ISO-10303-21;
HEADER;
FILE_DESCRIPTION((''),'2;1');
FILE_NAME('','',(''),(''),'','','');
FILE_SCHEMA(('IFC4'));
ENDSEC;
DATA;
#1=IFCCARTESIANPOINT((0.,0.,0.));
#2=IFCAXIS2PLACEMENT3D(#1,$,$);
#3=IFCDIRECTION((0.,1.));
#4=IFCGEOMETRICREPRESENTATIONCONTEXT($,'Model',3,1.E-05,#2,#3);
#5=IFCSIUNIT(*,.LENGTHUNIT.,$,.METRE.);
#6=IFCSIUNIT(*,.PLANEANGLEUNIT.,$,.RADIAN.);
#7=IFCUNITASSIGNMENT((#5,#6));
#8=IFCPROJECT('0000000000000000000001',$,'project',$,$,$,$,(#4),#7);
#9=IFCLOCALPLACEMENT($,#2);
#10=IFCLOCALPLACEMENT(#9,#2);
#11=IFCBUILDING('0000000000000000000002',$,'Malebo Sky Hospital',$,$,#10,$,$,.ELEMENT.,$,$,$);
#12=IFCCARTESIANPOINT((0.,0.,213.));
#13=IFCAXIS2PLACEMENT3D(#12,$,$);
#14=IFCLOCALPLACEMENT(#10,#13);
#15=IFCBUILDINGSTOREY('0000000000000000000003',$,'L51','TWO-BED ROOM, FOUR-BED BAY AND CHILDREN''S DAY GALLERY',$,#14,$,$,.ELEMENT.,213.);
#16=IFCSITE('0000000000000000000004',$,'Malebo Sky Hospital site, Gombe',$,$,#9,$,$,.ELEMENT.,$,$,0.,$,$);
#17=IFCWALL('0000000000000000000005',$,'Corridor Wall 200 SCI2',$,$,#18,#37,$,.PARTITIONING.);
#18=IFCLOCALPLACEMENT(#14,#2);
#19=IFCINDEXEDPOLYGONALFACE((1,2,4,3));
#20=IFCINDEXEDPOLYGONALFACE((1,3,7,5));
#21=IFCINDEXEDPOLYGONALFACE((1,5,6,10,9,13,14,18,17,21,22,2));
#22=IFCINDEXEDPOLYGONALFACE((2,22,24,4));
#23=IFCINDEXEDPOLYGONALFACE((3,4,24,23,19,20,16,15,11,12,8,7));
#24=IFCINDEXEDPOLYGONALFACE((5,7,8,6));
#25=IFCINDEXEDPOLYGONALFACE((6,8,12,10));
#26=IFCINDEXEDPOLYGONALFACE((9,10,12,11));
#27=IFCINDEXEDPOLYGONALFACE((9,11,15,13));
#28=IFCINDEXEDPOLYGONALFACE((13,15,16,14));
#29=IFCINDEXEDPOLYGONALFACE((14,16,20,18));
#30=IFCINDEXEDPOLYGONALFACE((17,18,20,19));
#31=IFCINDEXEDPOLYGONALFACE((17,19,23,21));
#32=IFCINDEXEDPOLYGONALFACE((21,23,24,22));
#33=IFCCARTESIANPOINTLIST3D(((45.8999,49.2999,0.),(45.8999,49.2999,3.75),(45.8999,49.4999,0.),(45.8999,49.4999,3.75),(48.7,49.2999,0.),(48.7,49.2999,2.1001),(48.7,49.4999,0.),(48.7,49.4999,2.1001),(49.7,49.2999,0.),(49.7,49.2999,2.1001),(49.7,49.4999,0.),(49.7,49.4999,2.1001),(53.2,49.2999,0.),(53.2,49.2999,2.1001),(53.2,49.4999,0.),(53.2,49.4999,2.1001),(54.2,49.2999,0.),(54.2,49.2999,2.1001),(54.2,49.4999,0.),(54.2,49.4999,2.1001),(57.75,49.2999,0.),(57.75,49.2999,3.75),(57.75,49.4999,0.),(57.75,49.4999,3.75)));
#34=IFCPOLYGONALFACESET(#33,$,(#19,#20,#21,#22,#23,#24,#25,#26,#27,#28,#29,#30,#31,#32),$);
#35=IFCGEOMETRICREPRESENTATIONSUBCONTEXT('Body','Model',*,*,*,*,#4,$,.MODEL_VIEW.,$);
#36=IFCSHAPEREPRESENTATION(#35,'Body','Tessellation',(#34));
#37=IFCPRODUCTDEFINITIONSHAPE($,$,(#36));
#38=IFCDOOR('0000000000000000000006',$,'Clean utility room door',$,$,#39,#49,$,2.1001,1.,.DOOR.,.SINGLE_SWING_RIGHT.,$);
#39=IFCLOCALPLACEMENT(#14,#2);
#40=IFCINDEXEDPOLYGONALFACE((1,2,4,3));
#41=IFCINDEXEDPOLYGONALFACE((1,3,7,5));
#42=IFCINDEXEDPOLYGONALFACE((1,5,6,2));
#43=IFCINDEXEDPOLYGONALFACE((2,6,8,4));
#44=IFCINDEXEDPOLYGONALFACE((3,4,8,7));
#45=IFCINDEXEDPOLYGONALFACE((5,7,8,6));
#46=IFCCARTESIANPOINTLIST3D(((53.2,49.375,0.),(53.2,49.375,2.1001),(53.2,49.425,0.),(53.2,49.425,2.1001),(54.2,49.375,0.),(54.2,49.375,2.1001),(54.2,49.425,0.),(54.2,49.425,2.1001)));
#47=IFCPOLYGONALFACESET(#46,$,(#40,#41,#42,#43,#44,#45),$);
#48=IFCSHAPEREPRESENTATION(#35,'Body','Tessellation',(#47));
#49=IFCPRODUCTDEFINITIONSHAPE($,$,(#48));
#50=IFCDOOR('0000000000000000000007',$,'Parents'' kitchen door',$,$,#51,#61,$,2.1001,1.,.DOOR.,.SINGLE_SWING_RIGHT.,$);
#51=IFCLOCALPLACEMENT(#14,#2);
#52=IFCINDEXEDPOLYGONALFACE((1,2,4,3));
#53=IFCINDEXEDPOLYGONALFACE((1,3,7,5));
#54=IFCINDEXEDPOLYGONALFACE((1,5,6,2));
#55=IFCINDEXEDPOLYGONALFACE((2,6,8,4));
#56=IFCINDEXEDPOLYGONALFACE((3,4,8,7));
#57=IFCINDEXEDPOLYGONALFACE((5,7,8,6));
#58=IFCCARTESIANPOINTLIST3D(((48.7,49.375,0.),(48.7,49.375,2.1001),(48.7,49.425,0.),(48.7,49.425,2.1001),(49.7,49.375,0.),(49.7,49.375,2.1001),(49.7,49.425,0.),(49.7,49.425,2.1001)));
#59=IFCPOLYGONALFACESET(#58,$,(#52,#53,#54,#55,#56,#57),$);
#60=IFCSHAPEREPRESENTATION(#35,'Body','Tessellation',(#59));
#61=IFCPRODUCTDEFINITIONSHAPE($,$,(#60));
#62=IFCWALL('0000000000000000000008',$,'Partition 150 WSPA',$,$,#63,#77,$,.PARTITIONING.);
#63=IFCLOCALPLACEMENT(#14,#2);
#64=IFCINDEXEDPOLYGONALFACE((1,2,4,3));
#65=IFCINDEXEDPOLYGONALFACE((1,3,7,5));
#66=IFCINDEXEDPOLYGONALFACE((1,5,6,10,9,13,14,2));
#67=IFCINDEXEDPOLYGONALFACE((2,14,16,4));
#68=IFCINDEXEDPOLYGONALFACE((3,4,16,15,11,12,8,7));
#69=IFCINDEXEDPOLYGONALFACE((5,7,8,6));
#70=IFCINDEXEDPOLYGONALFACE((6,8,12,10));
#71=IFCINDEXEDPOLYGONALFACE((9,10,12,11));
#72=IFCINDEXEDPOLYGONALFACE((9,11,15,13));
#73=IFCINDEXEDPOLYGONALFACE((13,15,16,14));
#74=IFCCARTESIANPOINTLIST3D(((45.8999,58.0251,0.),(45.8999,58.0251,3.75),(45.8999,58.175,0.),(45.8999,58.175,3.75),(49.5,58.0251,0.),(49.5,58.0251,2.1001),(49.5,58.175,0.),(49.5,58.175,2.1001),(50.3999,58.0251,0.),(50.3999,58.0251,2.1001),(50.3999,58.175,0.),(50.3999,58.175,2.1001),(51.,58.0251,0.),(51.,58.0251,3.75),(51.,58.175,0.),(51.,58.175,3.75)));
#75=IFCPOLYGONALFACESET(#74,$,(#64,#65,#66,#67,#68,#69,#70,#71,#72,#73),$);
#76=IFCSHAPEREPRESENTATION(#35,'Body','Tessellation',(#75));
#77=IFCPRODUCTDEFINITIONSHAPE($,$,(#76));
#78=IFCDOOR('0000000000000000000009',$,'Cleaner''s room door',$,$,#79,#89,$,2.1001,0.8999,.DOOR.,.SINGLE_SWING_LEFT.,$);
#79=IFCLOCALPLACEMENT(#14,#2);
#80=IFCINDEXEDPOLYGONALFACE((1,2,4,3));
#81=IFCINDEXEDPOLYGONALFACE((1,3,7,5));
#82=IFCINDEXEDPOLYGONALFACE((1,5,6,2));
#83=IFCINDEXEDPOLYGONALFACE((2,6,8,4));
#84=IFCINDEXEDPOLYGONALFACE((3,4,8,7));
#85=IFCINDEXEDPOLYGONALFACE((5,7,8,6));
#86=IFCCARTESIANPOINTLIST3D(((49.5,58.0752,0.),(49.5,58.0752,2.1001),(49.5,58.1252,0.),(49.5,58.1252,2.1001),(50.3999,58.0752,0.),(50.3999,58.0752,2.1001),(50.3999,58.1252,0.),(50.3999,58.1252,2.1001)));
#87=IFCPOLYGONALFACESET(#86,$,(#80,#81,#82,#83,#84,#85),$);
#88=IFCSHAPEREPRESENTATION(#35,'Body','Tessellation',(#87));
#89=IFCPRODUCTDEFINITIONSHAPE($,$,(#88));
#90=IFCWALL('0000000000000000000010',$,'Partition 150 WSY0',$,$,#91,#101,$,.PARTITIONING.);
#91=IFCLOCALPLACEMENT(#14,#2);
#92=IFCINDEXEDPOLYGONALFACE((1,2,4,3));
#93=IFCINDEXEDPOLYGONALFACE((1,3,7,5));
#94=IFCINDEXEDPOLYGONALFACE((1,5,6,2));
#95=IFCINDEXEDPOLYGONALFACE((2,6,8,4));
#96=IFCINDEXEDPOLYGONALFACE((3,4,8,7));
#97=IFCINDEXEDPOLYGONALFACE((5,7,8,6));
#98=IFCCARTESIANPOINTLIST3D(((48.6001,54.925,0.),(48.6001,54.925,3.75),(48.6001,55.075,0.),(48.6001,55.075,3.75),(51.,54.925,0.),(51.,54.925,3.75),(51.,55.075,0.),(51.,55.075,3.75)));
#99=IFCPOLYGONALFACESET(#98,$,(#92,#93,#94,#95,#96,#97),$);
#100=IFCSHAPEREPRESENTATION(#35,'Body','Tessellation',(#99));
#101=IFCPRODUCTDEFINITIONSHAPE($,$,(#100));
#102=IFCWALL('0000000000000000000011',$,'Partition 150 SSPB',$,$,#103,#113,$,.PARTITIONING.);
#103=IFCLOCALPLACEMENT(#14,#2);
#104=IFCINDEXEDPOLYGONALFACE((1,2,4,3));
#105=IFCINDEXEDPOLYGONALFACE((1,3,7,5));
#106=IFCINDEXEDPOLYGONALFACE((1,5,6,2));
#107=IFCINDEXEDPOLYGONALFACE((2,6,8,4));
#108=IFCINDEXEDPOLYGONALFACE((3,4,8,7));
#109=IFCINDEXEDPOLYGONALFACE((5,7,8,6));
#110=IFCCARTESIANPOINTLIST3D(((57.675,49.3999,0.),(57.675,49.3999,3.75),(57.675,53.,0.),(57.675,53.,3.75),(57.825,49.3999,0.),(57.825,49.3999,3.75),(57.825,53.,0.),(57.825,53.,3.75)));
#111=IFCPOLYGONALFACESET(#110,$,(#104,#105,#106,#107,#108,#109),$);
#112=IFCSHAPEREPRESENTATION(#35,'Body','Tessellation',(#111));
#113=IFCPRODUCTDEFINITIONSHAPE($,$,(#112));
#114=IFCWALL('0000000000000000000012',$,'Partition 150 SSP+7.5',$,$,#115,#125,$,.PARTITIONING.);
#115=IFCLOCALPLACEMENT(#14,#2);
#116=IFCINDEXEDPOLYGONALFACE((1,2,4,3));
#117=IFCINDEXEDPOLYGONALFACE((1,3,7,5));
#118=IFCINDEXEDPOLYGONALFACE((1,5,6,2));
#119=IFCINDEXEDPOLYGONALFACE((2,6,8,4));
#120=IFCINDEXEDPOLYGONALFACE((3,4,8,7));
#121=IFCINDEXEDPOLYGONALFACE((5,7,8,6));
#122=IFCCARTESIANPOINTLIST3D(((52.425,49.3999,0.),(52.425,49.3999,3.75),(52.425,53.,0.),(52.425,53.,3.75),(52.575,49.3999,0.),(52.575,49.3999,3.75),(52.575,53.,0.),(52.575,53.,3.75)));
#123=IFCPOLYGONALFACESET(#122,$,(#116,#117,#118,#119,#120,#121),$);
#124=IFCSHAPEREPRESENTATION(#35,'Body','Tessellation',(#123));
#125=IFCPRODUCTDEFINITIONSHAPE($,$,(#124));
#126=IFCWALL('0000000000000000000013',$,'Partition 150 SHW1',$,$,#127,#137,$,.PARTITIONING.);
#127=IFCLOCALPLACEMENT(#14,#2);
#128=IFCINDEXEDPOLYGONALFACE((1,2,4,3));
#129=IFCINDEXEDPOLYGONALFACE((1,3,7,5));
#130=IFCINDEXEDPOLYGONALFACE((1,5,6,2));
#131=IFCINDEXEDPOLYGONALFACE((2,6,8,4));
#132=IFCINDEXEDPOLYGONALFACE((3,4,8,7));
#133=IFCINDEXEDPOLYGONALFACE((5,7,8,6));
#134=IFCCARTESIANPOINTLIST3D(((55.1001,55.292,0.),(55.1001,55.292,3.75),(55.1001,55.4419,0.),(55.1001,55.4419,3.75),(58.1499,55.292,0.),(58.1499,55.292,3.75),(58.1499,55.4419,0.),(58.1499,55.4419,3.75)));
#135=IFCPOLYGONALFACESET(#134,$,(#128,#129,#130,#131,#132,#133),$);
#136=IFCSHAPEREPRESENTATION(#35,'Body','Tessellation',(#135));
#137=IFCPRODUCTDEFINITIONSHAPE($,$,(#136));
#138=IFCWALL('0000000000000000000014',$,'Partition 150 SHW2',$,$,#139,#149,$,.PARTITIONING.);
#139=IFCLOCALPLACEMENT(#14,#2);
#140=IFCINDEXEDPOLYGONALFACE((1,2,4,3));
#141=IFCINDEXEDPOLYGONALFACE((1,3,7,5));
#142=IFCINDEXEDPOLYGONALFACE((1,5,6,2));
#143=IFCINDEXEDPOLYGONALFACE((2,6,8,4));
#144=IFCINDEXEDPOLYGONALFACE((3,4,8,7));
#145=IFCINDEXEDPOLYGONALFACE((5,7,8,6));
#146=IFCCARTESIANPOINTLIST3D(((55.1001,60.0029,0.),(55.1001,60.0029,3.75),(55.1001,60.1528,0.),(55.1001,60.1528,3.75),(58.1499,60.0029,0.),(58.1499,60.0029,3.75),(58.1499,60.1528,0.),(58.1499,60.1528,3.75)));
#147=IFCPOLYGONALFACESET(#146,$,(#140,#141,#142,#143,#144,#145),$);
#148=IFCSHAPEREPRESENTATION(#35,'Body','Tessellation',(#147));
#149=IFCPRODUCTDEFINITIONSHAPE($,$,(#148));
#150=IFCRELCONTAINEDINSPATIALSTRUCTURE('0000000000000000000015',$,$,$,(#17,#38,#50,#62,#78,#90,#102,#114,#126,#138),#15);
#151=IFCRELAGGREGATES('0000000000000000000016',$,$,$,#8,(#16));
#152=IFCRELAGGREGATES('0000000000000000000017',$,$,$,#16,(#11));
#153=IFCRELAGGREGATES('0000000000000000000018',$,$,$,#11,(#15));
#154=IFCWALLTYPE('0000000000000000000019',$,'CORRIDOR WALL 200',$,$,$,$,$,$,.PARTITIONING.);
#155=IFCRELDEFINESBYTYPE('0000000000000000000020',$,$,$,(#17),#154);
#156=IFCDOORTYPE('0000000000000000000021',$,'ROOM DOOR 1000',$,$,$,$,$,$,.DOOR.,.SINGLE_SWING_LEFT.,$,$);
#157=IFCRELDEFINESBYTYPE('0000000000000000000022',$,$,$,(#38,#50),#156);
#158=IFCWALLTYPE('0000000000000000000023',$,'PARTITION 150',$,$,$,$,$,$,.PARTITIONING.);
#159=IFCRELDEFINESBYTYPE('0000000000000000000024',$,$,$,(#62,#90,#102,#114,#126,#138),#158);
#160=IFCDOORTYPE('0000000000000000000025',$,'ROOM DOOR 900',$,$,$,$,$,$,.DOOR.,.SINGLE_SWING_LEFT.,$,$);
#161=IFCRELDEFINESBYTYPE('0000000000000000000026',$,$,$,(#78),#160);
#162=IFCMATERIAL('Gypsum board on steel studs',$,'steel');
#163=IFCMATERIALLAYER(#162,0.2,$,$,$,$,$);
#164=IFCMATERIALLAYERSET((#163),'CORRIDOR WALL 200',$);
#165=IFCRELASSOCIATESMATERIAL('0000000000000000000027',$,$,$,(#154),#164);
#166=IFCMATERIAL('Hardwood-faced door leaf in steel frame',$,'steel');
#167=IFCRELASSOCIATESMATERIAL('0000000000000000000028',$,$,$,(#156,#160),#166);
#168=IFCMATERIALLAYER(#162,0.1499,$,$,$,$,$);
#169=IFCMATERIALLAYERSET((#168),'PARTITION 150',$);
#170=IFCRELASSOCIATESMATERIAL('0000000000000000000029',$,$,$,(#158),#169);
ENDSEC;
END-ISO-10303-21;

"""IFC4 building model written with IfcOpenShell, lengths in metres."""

from ifc_helpers import new_model, si_unit, direction, frame, frame_2d, origin, place, context, subcontext, project, spatial, rectangle, extrude, material, layer, layer_set, type_object, element, fill, save


model = new_model("IFC4")

# Units and contexts
model_context = context("Model", 3, precision=1e-05, world=origin(), true_north=direction((0.0, 1.0)))
body_context = subcontext(model_context, "Body", "Model", "MODEL_VIEW")
ifc_project = project(units=[si_unit("LENGTHUNIT", "METRE"), si_unit("PLANEANGLEUNIT", "RADIAN")], contexts=[model_context])

# Site, building, storey
site_placement = place(None, origin())
site = spatial("IfcSite", under=ifc_project, at=site_placement, Name="Malebo Sky Hospital site, Gombe", CompositionType="ELEMENT", RefElevation=0.0)
building_placement = place(site_placement, origin())
building = spatial("IfcBuilding", under=site, at=building_placement, Name="Malebo Sky Hospital", CompositionType="ELEMENT")
storey_placement = place(building_placement, frame((0.0, 0.0, 213.0)))
storey = spatial("IfcBuildingStorey", under=building, at=storey_placement, Name="L51", Description="TWO-BED ROOM, FOUR-BED BAY AND CHILDREN'S DAY GALLERY", CompositionType="ELEMENT", Elevation=213.0)

# Shared definitions
ifc_material_1 = material(Name="Hardwood-faced door leaf in steel frame", Category="steel")

# Wall, openings, doors
ifc_material_2 = material(Name="Gypsum board on steel studs", Category="steel")
ifc_layer_1 = layer(ifc_material_2, 0.2)
ifc_layer_set_1 = layer_set([ifc_layer_1], Name="CORRIDOR WALL 200")
wall_type_1 = type_object("IfcWallType", Name="CORRIDOR WALL 200", PredefinedType="PARTITIONING", material=ifc_layer_set_1)
wall_1_placement = place(storey_placement, frame((57.75, 49.3999, 0.0), z_axis=(0.0, 0.0, 1.0), x_axis=(-1.0, 0.0, 0.0)))
wall_1 = element("IfcWall", 1, at=wall_1_placement, inside=storey, type_object=wall_type_1, Name="Corridor Wall 200 SCI2", PredefinedType="PARTITIONING", context=body_context, shape_type="SweptSolid", body=[
    extrude(rectangle(XDim=11.8501, YDim=0.2, at=frame_2d((5.925, 0.0))), origin(), (0.0, 0.0, 1.0), 3.75),
])
opening_1_placement = place(wall_1_placement, frame((3.55, 0.0, 0.0)))
opening_1 = element("IfcOpeningElement", 2, at=opening_1_placement, cuts=wall_1, PredefinedType="OPENING", context=body_context, shape_type="SweptSolid", body=[
    extrude(rectangle(XDim=1.0, YDim=2.1001, at=frame_2d((0.5, 1.05))), frame((0.0, 0.1099, 0.0), z_axis=(0.0, -1.0, 0.0), x_axis=(1.0, 0.0, 0.0)), (0.0, 0.0, 1.0), 0.22),
])
opening_2_placement = place(wall_1_placement, frame((8.05, 0.0, 0.0)))
opening_2 = element("IfcOpeningElement", 3, at=opening_2_placement, cuts=wall_1, PredefinedType="OPENING", context=body_context, shape_type="SweptSolid", body=[
    extrude(rectangle(XDim=1.0, YDim=2.1001, at=frame_2d((0.5, 1.05))), frame((0.0, 0.1099, 0.0), z_axis=(0.0, -1.0, 0.0), x_axis=(1.0, 0.0, 0.0)), (0.0, 0.0, 1.0), 0.22),
])
door_type_1 = type_object("IfcDoorType", Name="ROOM DOOR 1000", OperationType="SINGLE_SWING_LEFT", PredefinedType="DOOR", material=ifc_material_1)
door_1_placement = place(opening_1_placement, origin())
door_1 = element("IfcDoor", 4, at=door_1_placement, inside=storey, type_object=door_type_1, Name="Clean utility room door", OperationType="SINGLE_SWING_RIGHT", OverallHeight=2.1001, OverallWidth=1.0, PredefinedType="DOOR", context=body_context, shape_type="SweptSolid", body=[
    extrude(rectangle(XDim=1.0, YDim=2.1001, at=frame_2d((0.5, 1.05))), frame((0.0, 0.0249, 0.0), z_axis=(0.0, -1.0, 0.0), x_axis=(1.0, 0.0, 0.0)), (0.0, 0.0, 1.0), 0.05),
])
fill(opening_1, door_1)
door_2_placement = place(opening_2_placement, origin())
door_2 = element("IfcDoor", 5, at=door_2_placement, inside=storey, type_object=door_type_1, Name="Parents' kitchen door", OperationType="SINGLE_SWING_RIGHT", OverallHeight=2.1001, OverallWidth=1.0, PredefinedType="DOOR", context=body_context, shape_type="SweptSolid", body=[
    extrude(rectangle(XDim=1.0, YDim=2.1001, at=frame_2d((0.5, 1.05))), frame((0.0, 0.0249, 0.0), z_axis=(0.0, -1.0, 0.0), x_axis=(1.0, 0.0, 0.0)), (0.0, 0.0, 1.0), 0.05),
])
fill(opening_2, door_2)

# Wall, opening, door
ifc_layer_2 = layer(ifc_material_2, 0.1499)
ifc_layer_set_2 = layer_set([ifc_layer_2], Name="PARTITION 150")
wall_type_2 = type_object("IfcWallType", Name="PARTITION 150", PredefinedType="PARTITIONING", material=ifc_layer_set_2)
wall_2_placement = place(storey_placement, frame((51.0, 58.1001, 0.0), z_axis=(0.0, 0.0, 1.0), x_axis=(-1.0, 0.0, 0.0)))
wall_2 = element("IfcWall", 6, at=wall_2_placement, inside=storey, type_object=wall_type_2, Name="Partition 150 WSPA", PredefinedType="PARTITIONING", context=body_context, shape_type="SweptSolid", body=[
    extrude(rectangle(XDim=5.1001, YDim=0.1499, at=frame_2d((2.55, 0.0))), origin(), (0.0, 0.0, 1.0), 3.75),
])
opening_3_placement = place(wall_2_placement, frame((0.6001, 0.0, 0.0)))
opening_3 = element("IfcOpeningElement", 7, at=opening_3_placement, cuts=wall_2, PredefinedType="OPENING", context=body_context, shape_type="SweptSolid", body=[
    extrude(rectangle(XDim=0.8999, YDim=2.1001, at=frame_2d((0.45, 1.05))), frame((0.0, 0.085, 0.0), z_axis=(0.0, -1.0, 0.0), x_axis=(1.0, 0.0, 0.0)), (0.0, 0.0, 1.0), 0.1699),
])
door_type_2 = type_object("IfcDoorType", Name="ROOM DOOR 900", OperationType="SINGLE_SWING_LEFT", PredefinedType="DOOR", material=ifc_material_1)
door_3_placement = place(opening_3_placement, origin())
door_3 = element("IfcDoor", 8, at=door_3_placement, inside=storey, type_object=door_type_2, Name="Cleaner's room door", OperationType="SINGLE_SWING_LEFT", OverallHeight=2.1001, OverallWidth=0.8999, PredefinedType="DOOR", context=body_context, shape_type="SweptSolid", body=[
    extrude(rectangle(XDim=0.8999, YDim=2.1001, at=frame_2d((0.45, 1.05))), frame((0.0, 0.0249, 0.0), z_axis=(0.0, -1.0, 0.0), x_axis=(1.0, 0.0, 0.0)), (0.0, 0.0, 1.0), 0.05),
])
fill(opening_3, door_3)

# Walls
wall_3_placement = place(storey_placement, frame((51.0, 55.0, 0.0), z_axis=(0.0, 0.0, 1.0), x_axis=(-1.0, 0.0, 0.0)))
element("IfcWall", 9, at=wall_3_placement, inside=storey, type_object=wall_type_2, Name="Partition 150 WSY0", PredefinedType="PARTITIONING", context=body_context, shape_type="SweptSolid", body=[
    extrude(rectangle(XDim=2.3999, YDim=0.1499, at=frame_2d((1.2, 0.0))), origin(), (0.0, 0.0, 1.0), 3.75),
])
for number, where, z_axis, x_axis, name in (
    (10, (57.75, 53.0, 0.0), (0.0, 0.0, 1.0), (0.0, -1.0, 0.0), "Partition 150 SSPB"),
    (11, (52.5, 53.0, 0.0), (0.0, 0.0, 1.0), (0.0, -1.0, 0.0), "Partition 150 SSP+7.5"),
):
    element("IfcWall", number, at=place(storey_placement, frame(where, z_axis=z_axis, x_axis=x_axis)), inside=storey, type_object=wall_type_2, Name=name, PredefinedType="PARTITIONING", context=body_context, shape_type="SweptSolid", body=[
        extrude(rectangle(XDim=3.6001, YDim=0.1499, at=frame_2d((1.8, 0.0))), origin(), (0.0, 0.0, 1.0), 3.75),
    ])
for number, where, z_axis, x_axis, name in (
    (12, (55.1001, 55.3669, 0.0), (0.0, 0.0, 1.0), (1.0, 0.0, 0.0), "Partition 150 SHW1"),
    (13, (55.1001, 60.0779, 0.0), (0.0, 0.0, 1.0), (1.0, 0.0, 0.0), "Partition 150 SHW2"),
):
    element("IfcWall", number, at=place(storey_placement, frame(where, z_axis=z_axis, x_axis=x_axis)), inside=storey, type_object=wall_type_2, Name=name, PredefinedType="PARTITIONING", context=body_context, shape_type="SweptSolid", body=[
        extrude(rectangle(XDim=3.0498, YDim=0.1499, at=frame_2d((1.5249, 0.0))), origin(), (0.0, 0.0, 1.0), 3.75),
    ])

save(model, "model.ifc")
